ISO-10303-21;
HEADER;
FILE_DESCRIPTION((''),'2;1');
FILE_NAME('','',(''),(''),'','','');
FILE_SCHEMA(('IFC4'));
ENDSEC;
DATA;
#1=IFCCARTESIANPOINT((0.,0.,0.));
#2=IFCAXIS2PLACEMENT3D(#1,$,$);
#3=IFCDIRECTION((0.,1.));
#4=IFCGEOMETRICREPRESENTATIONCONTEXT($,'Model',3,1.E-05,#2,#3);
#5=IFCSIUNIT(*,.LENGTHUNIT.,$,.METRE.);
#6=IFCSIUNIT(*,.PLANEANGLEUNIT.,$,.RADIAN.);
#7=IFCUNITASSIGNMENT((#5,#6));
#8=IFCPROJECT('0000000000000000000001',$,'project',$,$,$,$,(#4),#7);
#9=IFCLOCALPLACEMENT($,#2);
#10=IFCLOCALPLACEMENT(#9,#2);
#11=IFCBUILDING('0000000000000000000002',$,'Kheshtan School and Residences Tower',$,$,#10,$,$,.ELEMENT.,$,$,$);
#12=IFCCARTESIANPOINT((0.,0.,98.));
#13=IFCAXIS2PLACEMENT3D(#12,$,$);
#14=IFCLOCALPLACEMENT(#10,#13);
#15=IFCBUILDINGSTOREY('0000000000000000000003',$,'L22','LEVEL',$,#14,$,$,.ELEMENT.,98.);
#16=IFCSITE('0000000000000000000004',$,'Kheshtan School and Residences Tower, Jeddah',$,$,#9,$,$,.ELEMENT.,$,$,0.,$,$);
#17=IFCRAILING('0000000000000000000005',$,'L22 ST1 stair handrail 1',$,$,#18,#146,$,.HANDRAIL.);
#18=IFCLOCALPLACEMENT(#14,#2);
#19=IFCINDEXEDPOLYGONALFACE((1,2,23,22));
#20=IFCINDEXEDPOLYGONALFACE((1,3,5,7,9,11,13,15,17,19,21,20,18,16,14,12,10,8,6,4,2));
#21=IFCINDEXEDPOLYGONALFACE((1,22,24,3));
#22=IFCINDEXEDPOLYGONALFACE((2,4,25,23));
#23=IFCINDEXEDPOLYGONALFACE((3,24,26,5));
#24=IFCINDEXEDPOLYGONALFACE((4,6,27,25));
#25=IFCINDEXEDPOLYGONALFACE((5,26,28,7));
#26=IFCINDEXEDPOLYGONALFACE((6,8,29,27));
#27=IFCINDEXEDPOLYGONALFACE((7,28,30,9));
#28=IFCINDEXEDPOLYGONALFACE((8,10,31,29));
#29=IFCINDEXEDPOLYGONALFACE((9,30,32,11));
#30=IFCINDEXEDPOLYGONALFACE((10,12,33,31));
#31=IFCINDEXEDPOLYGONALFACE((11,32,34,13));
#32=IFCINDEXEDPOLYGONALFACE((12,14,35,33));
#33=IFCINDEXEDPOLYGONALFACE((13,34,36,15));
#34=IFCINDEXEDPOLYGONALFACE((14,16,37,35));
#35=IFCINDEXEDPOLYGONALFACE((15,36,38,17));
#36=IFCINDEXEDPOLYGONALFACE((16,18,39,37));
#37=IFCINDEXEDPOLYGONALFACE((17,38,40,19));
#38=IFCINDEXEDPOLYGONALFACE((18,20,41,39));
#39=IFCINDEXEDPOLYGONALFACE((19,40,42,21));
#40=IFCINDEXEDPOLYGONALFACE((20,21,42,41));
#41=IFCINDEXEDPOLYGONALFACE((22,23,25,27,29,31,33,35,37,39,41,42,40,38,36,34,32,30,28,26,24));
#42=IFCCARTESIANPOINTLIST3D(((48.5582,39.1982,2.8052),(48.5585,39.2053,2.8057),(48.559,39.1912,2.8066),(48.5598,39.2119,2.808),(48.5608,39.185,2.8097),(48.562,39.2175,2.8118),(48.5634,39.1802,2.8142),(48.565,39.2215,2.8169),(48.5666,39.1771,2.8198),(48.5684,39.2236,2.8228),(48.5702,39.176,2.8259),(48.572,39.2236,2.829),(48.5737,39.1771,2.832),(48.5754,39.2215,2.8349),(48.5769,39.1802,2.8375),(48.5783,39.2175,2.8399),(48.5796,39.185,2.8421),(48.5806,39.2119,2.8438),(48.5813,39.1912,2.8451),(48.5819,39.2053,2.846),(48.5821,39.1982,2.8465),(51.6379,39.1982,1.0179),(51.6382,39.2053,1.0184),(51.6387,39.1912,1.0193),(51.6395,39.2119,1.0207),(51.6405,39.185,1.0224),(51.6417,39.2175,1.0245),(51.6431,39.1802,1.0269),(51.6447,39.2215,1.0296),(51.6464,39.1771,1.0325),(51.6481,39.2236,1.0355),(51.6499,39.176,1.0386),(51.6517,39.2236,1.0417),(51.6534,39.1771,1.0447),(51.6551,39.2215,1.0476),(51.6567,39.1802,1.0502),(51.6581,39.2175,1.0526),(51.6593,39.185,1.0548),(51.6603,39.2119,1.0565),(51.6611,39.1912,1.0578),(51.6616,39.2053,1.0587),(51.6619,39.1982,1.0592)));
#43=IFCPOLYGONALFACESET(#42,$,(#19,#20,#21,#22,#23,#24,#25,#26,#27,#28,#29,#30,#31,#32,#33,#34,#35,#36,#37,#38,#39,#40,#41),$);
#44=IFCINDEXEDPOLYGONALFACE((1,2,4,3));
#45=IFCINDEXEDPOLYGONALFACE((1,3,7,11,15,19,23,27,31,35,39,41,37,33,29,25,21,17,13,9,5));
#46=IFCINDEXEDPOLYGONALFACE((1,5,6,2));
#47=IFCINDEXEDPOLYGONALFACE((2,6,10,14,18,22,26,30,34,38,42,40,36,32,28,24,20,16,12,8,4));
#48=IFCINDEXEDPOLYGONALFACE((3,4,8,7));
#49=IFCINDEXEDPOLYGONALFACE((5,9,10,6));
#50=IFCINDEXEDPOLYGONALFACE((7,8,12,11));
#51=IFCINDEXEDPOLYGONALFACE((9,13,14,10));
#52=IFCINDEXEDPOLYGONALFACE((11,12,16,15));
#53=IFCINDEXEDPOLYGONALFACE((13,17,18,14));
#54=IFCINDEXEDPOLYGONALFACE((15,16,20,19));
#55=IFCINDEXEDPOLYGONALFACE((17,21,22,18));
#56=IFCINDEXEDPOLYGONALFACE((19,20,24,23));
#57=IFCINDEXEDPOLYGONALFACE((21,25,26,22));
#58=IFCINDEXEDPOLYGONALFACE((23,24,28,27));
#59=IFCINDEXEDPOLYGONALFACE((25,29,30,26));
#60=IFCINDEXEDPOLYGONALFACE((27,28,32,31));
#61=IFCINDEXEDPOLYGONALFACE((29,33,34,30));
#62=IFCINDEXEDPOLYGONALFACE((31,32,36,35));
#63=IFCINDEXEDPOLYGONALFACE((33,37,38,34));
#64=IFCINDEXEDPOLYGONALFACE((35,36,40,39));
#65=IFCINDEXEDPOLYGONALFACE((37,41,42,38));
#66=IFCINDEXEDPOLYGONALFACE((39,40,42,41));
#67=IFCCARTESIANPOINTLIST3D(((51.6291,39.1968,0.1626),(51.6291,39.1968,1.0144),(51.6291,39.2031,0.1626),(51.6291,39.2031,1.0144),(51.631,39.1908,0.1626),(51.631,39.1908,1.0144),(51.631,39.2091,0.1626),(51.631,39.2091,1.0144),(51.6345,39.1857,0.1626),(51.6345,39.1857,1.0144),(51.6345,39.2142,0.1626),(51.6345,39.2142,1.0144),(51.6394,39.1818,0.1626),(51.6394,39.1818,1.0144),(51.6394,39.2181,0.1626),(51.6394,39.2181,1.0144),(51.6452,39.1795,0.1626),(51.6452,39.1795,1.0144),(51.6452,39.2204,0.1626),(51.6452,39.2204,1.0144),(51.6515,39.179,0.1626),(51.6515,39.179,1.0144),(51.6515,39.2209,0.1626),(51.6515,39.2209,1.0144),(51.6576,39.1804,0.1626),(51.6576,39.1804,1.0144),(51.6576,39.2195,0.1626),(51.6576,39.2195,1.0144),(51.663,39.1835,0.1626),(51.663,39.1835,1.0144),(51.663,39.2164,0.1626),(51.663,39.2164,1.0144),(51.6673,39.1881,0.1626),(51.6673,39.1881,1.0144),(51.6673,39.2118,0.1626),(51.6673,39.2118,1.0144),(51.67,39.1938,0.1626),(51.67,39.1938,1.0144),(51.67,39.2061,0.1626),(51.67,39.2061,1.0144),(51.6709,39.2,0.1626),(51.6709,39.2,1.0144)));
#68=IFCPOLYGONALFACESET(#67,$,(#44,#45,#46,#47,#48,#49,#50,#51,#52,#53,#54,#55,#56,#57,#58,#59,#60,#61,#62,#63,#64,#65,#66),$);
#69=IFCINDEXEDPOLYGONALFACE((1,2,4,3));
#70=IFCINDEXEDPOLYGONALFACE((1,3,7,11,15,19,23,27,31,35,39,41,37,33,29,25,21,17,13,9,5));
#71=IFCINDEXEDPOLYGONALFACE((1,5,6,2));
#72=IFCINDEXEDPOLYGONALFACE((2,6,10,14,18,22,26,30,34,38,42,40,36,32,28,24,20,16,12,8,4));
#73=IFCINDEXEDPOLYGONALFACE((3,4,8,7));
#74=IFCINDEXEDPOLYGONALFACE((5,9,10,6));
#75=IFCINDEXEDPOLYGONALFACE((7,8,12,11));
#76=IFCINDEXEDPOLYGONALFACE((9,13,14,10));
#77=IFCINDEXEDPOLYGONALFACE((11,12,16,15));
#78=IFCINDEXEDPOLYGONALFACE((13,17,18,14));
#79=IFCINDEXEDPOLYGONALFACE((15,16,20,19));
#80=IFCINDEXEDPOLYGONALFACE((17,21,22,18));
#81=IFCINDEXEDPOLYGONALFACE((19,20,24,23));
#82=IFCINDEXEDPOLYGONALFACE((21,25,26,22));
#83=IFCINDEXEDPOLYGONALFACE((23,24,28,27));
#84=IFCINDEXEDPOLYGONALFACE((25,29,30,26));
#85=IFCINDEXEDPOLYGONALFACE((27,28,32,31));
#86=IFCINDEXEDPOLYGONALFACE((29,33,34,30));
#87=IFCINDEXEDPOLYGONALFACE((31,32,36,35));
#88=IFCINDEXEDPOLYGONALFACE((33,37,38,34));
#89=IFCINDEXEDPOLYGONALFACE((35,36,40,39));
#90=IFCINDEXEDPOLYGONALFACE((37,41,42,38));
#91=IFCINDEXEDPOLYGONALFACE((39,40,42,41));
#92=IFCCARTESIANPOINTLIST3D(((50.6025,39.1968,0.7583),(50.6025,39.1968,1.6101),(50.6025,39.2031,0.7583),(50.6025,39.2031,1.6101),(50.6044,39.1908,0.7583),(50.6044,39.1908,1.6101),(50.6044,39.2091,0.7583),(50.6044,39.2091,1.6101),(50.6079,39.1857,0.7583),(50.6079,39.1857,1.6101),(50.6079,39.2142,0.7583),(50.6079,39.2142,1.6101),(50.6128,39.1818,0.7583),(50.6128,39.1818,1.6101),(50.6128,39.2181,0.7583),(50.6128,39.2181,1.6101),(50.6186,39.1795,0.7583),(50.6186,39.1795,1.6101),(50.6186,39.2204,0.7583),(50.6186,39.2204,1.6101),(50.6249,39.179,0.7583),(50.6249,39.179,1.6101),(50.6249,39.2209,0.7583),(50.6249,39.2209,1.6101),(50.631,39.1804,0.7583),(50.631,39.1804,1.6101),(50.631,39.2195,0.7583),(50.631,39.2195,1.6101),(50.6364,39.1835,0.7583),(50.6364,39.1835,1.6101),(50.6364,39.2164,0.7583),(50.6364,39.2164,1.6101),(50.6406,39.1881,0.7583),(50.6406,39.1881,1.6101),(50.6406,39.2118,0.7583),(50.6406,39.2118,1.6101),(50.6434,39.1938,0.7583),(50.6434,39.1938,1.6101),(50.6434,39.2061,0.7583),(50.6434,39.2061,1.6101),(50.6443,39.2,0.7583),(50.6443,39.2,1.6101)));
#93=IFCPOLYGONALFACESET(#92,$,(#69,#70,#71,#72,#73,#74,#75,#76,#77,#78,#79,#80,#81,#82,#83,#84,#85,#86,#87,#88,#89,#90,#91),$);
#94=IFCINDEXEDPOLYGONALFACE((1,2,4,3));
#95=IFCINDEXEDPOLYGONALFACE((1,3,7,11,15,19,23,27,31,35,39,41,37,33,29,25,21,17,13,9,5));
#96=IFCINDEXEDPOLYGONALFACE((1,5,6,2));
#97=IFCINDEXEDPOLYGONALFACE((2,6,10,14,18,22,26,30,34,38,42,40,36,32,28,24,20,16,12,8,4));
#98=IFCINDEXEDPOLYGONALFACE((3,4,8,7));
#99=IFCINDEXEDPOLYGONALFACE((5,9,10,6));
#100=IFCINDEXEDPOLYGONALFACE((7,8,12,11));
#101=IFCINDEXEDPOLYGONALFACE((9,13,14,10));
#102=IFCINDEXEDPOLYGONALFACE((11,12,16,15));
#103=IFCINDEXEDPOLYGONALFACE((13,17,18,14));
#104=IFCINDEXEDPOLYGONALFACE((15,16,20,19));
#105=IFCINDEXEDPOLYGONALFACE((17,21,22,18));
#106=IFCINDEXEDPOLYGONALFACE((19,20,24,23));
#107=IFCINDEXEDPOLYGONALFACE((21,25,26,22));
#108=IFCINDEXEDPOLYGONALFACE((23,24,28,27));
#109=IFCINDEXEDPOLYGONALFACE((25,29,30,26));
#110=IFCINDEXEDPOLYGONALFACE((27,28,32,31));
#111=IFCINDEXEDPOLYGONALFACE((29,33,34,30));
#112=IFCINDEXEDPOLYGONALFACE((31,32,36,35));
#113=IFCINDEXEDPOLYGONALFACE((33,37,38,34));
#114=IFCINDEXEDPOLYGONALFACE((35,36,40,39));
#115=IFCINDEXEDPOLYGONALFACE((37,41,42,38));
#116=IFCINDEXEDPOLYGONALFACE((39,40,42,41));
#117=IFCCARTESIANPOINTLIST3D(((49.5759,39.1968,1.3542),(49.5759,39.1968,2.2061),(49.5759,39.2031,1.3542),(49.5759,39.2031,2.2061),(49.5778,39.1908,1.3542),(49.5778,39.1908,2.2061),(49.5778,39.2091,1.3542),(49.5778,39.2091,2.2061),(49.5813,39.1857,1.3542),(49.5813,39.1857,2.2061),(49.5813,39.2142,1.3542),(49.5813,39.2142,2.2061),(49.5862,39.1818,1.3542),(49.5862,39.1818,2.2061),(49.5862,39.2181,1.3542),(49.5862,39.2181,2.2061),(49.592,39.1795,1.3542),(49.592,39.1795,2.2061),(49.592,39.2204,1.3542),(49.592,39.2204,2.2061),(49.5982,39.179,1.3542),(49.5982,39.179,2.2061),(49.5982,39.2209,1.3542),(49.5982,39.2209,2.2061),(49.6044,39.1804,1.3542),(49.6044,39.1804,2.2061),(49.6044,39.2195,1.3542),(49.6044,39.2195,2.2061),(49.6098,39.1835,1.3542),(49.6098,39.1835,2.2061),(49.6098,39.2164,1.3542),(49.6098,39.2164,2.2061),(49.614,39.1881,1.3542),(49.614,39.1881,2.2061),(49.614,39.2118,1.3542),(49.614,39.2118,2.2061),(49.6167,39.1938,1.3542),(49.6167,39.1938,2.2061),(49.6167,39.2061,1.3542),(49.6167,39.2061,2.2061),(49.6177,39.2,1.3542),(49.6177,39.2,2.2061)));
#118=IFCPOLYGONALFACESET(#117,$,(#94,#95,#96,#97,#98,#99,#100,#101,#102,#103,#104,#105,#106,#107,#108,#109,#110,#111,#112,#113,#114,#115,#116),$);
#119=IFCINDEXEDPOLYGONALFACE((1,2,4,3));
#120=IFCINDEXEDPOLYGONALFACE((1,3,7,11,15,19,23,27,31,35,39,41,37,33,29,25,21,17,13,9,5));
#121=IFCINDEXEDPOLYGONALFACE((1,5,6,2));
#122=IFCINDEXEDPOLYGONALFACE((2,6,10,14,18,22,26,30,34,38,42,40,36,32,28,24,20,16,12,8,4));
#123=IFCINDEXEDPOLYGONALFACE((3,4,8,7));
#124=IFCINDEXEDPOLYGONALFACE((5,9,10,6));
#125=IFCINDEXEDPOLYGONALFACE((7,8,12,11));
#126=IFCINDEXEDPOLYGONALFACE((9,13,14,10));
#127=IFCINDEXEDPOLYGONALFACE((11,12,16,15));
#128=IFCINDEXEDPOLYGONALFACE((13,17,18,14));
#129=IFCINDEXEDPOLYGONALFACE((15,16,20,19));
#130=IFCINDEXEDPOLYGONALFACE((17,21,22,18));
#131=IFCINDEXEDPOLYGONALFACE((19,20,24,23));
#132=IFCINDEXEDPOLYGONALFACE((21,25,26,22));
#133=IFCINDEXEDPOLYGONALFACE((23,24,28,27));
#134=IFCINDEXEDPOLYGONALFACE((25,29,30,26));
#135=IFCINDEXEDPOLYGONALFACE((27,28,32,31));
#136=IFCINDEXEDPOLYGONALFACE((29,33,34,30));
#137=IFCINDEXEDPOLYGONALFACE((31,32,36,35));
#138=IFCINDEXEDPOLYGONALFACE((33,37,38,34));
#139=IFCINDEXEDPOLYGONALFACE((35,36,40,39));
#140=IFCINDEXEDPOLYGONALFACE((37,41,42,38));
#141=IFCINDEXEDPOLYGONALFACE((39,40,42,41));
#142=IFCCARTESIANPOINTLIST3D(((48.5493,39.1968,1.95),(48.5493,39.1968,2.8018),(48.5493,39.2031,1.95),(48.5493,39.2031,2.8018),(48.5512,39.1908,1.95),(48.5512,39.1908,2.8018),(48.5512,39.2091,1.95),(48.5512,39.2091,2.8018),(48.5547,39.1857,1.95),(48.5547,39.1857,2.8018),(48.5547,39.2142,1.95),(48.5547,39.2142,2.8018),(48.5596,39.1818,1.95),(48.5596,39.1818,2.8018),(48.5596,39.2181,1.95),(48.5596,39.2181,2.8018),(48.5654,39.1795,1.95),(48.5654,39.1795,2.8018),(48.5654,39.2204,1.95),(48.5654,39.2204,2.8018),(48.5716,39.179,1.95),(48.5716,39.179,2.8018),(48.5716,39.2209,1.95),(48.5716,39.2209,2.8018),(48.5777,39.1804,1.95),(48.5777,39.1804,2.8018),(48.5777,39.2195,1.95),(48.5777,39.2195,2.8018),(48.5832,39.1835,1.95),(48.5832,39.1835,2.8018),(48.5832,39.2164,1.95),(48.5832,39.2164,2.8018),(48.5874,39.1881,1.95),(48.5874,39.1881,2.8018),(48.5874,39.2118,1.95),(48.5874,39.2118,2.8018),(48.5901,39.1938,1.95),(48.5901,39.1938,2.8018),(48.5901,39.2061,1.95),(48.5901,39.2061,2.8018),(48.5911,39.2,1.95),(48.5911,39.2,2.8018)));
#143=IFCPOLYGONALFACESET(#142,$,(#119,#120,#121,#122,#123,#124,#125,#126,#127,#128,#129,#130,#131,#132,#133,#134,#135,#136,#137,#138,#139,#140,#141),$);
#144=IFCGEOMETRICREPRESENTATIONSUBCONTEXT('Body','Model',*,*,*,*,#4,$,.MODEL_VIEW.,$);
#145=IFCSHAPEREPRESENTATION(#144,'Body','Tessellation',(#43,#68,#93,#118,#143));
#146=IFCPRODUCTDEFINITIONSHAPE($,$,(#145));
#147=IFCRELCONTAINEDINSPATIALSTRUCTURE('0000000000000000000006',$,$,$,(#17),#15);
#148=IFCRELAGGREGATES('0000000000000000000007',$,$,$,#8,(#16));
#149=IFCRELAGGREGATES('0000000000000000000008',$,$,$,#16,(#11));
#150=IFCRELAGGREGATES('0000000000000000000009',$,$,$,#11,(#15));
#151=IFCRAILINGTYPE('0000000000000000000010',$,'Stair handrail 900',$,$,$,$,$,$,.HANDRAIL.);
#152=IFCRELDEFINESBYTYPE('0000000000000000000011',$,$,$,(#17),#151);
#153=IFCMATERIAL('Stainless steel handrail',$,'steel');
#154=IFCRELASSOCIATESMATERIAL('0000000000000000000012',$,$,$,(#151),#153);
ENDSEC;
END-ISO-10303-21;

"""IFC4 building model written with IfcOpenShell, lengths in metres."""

from ifc_helpers import new_model, si_unit, direction, frame, origin, origin_2d, place, context, subcontext, project, spatial, circle, extrude, material, type_object, element, save


model = new_model("IFC4")

# Units and contexts
model_context = context("Model", 3, precision=1e-05, world=origin(), true_north=direction((0.0, 1.0)))
body_context = subcontext(model_context, "Body", "Model", "MODEL_VIEW")
ifc_project = project(units=[si_unit("LENGTHUNIT", "METRE"), si_unit("PLANEANGLEUNIT", "RADIAN")], contexts=[model_context])

# Site, building, storey
site_placement = place(None, origin())
site = spatial("IfcSite", under=ifc_project, at=site_placement, Name="Kheshtan School and Residences Tower, Jeddah", CompositionType="ELEMENT", RefElevation=0.0)
building_placement = place(site_placement, origin())
building = spatial("IfcBuilding", under=site, at=building_placement, Name="Kheshtan School and Residences Tower", CompositionType="ELEMENT")
storey_placement = place(building_placement, frame((0.0, 0.0, 98.0)))
storey = spatial("IfcBuildingStorey", under=building, at=storey_placement, Name="L22", Description="LEVEL", CompositionType="ELEMENT", Elevation=98.0)

# Railing
ifc_material_1 = material(Name="Stainless steel handrail", Category="steel")
railing_type_1 = type_object("IfcRailingType", Name="Stair handrail 900", PredefinedType="HANDRAIL", material=ifc_material_1)
railing_1_placement = place(storey_placement, frame((51.6499, 39.2, 0.1626)))
element("IfcRailing", 1, at=railing_1_placement, inside=storey, type_object=railing_type_1, Name="L22 ST1 stair handrail 1", PredefinedType="HANDRAIL", context=body_context, shape_type="SweptSolid", body=[
    extrude(circle(Radius=0.0239, at=origin_2d()), frame((0.0, 0.0, 0.876), z_axis=(-0.864903, 0.0, 0.501939), x_axis=(0.0, -1.0, 0.0)), (0.0, 0.0, 1.0), 3.5608),
    extrude(circle(Radius=0.021, at=origin_2d()), origin(), (0.0, 0.0, 1.0), 0.8518),
    extrude(circle(Radius=0.021, at=origin_2d()), frame((-1.0266, 0.0, 0.5957)), (0.0, 0.0, 1.0), 0.8518),
    extrude(circle(Radius=0.021, at=origin_2d()), frame((-2.0532, 0.0, 1.1917)), (0.0, 0.0, 1.0), 0.8518),
    extrude(circle(Radius=0.021, at=origin_2d()), frame((-3.0798, 0.0, 1.7874)), (0.0, 0.0, 1.0), 0.8518),
])

save(model, "model.ifc")
